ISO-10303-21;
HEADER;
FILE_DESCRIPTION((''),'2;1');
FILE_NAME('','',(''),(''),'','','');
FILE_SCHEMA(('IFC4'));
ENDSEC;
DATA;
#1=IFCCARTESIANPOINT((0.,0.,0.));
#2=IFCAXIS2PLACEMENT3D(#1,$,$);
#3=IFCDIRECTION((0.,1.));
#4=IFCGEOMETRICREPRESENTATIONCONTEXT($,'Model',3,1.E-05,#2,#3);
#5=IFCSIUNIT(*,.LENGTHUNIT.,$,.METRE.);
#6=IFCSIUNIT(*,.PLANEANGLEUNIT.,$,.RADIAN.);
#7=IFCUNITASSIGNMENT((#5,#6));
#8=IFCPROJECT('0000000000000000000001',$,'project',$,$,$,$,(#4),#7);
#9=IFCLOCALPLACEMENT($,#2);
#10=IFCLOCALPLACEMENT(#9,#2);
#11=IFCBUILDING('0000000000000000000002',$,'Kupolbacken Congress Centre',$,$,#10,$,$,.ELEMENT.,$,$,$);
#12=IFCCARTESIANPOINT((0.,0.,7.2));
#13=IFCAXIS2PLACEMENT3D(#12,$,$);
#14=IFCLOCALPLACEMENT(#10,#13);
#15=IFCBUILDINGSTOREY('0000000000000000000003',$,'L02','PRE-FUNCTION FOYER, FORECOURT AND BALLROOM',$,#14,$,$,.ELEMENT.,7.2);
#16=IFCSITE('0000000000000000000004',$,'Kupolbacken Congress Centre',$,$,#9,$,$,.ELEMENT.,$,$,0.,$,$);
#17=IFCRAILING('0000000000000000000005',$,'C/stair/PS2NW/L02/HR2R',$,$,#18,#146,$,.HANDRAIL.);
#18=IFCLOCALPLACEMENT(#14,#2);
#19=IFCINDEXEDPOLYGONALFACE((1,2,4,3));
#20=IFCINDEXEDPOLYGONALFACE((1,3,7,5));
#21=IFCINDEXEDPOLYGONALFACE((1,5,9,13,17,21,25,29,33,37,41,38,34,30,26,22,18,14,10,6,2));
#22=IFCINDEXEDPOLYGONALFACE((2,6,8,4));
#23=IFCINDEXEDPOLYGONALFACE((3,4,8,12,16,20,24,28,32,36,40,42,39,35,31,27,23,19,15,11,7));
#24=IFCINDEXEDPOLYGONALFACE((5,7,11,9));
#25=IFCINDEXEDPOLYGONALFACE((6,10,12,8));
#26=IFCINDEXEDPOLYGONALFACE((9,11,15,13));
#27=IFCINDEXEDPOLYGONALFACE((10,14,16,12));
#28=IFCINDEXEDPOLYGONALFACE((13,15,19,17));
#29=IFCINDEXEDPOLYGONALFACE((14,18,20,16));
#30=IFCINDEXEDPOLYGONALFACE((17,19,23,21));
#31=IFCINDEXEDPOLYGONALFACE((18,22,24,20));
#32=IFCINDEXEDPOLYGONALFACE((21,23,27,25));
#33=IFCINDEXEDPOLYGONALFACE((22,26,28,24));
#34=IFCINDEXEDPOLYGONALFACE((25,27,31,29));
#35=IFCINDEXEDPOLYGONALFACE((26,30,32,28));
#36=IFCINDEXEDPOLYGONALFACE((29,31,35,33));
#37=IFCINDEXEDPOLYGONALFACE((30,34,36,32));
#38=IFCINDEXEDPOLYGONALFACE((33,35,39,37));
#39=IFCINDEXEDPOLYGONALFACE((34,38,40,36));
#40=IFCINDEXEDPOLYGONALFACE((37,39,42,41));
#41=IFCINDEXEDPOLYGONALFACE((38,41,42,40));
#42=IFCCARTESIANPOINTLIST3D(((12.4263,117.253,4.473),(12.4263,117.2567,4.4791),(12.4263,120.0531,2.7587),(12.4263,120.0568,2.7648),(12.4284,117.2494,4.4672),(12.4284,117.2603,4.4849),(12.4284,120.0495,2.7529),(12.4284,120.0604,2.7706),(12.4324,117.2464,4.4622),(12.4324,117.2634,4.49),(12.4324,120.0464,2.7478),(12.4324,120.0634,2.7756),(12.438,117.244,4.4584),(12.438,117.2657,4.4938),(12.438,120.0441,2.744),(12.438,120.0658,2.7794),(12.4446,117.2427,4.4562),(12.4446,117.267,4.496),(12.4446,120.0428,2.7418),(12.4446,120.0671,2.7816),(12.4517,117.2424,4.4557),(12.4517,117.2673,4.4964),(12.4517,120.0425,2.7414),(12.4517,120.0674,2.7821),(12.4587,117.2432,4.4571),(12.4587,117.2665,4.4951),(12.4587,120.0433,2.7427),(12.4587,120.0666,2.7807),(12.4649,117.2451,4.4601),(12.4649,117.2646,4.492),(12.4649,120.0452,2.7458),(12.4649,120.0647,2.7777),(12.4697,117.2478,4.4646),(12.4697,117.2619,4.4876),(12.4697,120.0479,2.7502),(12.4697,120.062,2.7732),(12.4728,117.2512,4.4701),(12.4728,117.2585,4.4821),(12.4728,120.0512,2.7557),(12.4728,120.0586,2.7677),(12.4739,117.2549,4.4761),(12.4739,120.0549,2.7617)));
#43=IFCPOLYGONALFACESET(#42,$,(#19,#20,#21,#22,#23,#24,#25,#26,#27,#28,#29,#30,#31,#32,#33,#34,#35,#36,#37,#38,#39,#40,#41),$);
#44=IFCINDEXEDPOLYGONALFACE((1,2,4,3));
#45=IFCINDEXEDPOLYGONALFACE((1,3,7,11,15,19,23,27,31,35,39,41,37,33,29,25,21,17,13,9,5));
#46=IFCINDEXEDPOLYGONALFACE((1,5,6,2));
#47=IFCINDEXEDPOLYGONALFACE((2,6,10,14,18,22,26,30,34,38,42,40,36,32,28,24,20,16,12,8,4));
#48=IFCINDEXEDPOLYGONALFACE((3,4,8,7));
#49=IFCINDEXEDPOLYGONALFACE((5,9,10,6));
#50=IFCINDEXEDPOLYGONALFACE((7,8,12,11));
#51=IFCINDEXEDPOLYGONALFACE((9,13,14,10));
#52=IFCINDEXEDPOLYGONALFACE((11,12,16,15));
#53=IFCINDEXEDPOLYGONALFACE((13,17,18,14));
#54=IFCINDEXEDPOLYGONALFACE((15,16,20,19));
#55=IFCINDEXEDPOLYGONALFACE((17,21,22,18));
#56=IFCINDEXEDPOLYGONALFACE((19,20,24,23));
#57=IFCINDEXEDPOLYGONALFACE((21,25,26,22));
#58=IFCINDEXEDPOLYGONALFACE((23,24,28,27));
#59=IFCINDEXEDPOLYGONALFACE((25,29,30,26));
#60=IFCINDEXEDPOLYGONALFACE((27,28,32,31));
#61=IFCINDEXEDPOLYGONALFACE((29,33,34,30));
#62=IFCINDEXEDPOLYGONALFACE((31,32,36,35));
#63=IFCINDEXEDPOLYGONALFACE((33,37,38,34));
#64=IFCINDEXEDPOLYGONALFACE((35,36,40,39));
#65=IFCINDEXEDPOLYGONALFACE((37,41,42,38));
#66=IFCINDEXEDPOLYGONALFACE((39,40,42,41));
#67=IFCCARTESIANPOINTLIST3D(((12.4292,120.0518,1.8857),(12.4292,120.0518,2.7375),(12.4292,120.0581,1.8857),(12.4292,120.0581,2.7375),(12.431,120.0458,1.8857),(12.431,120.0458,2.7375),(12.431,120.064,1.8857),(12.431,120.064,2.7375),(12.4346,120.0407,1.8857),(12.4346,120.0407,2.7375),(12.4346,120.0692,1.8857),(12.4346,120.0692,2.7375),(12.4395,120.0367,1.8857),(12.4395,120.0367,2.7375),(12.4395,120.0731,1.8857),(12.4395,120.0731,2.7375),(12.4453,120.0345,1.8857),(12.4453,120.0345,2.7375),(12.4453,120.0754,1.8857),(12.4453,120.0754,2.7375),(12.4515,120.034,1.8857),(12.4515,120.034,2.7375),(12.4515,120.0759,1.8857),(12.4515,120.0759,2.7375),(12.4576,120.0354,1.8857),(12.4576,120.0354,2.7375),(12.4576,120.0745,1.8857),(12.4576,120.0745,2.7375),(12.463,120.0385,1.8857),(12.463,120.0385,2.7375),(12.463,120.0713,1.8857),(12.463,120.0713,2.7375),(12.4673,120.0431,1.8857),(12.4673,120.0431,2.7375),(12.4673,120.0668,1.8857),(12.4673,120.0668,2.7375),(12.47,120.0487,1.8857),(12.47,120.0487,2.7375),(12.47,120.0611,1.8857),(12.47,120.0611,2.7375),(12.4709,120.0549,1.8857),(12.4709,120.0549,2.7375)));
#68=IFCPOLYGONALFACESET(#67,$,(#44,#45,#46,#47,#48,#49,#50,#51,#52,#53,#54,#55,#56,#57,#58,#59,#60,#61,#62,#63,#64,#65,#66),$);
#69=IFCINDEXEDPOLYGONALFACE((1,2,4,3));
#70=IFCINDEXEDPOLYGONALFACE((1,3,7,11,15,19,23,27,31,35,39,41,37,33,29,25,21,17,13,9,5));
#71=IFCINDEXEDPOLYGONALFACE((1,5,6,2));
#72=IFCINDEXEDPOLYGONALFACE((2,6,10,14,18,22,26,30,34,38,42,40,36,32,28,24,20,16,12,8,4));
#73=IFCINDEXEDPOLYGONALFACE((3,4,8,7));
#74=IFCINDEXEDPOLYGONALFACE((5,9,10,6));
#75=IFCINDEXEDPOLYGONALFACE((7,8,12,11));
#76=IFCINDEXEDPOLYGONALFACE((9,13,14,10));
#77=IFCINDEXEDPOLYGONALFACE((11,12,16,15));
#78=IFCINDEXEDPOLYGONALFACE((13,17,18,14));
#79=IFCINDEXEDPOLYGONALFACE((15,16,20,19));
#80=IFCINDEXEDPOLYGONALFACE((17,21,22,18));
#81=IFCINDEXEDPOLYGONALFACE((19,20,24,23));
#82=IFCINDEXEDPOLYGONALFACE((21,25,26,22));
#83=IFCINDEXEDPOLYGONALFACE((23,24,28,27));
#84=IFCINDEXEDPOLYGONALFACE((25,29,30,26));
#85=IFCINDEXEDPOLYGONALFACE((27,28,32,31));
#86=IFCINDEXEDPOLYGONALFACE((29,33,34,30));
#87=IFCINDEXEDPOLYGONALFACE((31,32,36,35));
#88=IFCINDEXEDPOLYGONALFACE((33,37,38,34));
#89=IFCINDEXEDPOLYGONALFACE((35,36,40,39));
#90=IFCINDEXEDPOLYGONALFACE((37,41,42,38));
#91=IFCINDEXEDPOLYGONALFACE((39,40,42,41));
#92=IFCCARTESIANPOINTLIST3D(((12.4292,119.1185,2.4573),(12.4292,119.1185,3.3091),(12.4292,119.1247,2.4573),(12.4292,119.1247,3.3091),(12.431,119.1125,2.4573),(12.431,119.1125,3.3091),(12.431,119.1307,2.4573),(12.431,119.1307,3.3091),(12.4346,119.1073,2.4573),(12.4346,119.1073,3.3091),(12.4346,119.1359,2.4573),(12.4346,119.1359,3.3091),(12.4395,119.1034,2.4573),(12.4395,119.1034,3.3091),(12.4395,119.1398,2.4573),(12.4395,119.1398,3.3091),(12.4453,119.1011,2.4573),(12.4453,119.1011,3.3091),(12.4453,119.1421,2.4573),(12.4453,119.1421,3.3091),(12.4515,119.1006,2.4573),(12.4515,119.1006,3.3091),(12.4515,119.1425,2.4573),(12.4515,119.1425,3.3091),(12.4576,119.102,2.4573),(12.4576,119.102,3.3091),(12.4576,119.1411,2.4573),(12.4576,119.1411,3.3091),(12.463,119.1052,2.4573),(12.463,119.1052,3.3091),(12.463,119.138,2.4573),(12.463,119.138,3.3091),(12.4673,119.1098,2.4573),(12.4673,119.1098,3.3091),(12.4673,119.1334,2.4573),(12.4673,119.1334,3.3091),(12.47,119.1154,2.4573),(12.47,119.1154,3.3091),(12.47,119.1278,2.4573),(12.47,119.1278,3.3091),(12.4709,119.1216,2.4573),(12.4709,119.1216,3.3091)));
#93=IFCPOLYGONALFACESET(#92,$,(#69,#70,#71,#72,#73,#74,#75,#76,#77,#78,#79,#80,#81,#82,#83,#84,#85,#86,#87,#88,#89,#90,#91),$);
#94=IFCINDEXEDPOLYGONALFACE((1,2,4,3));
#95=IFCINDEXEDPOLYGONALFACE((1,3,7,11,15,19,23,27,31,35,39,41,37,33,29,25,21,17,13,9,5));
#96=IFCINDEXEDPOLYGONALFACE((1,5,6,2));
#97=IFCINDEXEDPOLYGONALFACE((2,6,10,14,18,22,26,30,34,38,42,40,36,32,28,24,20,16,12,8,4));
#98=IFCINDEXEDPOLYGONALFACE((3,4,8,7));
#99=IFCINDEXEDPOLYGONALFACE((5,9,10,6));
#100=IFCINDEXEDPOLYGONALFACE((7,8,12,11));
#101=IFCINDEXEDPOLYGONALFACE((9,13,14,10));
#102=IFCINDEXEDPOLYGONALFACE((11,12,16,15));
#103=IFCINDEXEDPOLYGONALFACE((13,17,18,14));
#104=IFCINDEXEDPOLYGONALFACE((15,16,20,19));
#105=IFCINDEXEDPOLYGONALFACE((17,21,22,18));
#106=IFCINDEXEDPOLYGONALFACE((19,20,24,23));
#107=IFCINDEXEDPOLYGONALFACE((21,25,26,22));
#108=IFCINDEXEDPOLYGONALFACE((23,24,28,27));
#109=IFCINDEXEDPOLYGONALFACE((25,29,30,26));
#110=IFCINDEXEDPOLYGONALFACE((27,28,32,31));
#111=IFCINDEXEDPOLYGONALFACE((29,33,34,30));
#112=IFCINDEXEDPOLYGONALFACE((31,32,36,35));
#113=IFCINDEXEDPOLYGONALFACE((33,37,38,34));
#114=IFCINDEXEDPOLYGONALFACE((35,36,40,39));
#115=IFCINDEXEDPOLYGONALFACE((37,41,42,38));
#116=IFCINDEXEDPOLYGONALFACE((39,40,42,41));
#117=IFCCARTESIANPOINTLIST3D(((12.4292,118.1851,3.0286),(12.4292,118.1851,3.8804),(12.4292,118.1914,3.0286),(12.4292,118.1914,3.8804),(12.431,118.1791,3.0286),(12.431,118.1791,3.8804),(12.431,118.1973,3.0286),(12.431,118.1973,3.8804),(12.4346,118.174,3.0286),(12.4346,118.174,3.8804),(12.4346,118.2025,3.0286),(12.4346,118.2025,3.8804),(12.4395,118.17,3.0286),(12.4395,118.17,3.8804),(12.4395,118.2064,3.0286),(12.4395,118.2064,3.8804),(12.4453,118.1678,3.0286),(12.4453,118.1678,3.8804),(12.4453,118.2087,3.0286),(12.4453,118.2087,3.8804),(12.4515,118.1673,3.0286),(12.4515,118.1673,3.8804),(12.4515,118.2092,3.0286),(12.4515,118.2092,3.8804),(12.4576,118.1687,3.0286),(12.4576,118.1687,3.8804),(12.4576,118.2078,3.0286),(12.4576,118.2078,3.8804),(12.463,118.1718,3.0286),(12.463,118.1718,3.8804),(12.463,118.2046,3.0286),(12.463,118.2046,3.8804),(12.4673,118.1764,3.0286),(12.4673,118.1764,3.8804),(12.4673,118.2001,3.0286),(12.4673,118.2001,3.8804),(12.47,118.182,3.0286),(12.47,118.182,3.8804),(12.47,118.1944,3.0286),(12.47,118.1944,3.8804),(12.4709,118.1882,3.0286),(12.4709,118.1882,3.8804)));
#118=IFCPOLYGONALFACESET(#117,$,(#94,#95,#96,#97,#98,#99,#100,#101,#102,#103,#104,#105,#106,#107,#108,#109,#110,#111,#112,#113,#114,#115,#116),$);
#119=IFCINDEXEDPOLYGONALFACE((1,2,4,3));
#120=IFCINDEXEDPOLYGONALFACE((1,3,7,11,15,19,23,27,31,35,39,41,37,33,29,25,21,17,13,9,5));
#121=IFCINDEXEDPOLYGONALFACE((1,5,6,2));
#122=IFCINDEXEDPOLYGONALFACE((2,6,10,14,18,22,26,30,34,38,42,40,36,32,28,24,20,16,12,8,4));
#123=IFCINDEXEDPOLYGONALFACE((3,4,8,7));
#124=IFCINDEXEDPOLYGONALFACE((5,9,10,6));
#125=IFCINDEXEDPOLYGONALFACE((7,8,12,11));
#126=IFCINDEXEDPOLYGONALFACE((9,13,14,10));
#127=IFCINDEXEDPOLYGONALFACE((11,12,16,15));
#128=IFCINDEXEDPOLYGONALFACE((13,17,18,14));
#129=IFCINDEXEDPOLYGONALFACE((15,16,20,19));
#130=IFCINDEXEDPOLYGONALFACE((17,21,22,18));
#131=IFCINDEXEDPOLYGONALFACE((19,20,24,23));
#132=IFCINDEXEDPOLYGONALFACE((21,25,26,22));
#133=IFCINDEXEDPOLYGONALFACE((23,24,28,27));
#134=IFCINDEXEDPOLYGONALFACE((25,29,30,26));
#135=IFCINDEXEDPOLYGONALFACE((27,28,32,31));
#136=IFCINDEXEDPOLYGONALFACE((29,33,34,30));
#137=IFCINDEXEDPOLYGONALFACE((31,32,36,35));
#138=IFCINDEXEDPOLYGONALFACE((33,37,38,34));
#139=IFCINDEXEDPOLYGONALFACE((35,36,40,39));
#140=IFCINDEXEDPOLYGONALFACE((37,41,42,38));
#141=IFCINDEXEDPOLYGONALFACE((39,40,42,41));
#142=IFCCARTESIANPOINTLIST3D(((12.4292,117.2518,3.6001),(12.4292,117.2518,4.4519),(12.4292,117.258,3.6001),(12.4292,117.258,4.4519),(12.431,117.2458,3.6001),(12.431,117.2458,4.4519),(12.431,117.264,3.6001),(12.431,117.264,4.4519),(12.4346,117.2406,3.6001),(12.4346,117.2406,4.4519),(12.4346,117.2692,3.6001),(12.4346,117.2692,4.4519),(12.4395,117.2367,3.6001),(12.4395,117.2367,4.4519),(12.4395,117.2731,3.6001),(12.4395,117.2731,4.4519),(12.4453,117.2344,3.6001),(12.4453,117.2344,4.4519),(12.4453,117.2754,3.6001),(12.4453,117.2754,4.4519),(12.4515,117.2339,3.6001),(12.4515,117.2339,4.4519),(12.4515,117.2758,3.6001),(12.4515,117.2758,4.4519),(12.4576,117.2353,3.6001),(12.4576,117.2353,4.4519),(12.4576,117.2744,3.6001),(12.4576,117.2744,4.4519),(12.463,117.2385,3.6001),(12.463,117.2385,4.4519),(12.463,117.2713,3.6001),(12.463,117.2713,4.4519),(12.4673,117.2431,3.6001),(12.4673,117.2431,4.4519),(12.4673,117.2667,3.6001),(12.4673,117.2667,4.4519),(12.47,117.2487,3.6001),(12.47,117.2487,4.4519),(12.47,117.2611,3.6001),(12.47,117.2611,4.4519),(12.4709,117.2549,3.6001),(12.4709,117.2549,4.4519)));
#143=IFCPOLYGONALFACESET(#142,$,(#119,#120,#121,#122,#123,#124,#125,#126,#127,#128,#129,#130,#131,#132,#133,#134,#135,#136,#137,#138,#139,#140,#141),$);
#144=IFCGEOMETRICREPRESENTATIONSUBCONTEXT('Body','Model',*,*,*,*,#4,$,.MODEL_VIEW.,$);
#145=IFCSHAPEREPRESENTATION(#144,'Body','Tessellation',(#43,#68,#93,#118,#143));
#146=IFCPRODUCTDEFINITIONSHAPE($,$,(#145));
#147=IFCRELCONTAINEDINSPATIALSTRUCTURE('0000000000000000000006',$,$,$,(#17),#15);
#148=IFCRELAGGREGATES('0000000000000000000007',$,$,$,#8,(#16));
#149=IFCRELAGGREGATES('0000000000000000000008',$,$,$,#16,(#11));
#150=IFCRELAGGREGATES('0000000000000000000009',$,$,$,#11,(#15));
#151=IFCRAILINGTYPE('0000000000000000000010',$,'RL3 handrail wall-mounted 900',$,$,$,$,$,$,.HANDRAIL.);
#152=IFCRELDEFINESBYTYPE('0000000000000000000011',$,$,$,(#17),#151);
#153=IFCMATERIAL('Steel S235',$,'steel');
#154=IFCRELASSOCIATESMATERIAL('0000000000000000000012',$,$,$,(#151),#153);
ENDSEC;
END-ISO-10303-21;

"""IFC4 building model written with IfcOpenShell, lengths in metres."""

from ifc_helpers import new_model, si_unit, direction, frame, origin, origin_2d, place, context, subcontext, project, spatial, circle, extrude, material, type_object, element, save


model = new_model("IFC4")

# Units and contexts
model_context = context("Model", 3, precision=1e-05, world=origin(), true_north=direction((0.0, 1.0)))
body_context = subcontext(model_context, "Body", "Model", "MODEL_VIEW")
ifc_project = project(units=[si_unit("LENGTHUNIT", "METRE"), si_unit("PLANEANGLEUNIT", "RADIAN")], contexts=[model_context])

# Site, building, storey
site_placement = place(None, origin())
site = spatial("IfcSite", under=ifc_project, at=site_placement, Name="Kupolbacken Congress Centre", CompositionType="ELEMENT", RefElevation=0.0)
building_placement = place(site_placement, origin())
building = spatial("IfcBuilding", under=site, at=building_placement, Name="Kupolbacken Congress Centre", CompositionType="ELEMENT")
storey_placement = place(building_placement, frame((0.0, 0.0, 7.2)))
storey = spatial("IfcBuildingStorey", under=building, at=storey_placement, Name="L02", Description="PRE-FUNCTION FOYER, FORECOURT AND BALLROOM", CompositionType="ELEMENT", Elevation=7.2)

# Railing
ifc_material_1 = material(Name="Steel S235", Category="steel")
railing_type = type_object("IfcRailingType", Name="RL3 handrail wall-mounted 900", PredefinedType="HANDRAIL", material=ifc_material_1)
for number, where, name in (
    (1, (12.45, 120.0549, 1.8857), "C/stair/PS2NW/L02/HR2R"),
):
    element("IfcRailing", number, at=place(storey_placement, frame(where)), inside=storey, type_object=railing_type, Name=name, PredefinedType="HANDRAIL", context=body_context, shape_type="SweptSolid", body=[
        extrude(circle(Radius=0.0239, at=origin_2d()), frame((0.0, 0.0, 0.876), z_axis=(0.0, -0.852846, 0.522163), x_axis=(1.0, 0.0, 0.0)), (0.0, 0.0, 1.0), 3.2832),
        extrude(circle(Radius=0.021, at=origin_2d()), origin(), (0.0, 0.0, 1.0), 0.8518),
        extrude(circle(Radius=0.021, at=origin_2d()), frame((0.0, -0.9333, 0.5715)), (0.0, 0.0, 1.0), 0.8518),
        extrude(circle(Radius=0.021, at=origin_2d()), frame((0.0, -1.8667, 1.1428)), (0.0, 0.0, 1.0), 0.8518),
        extrude(circle(Radius=0.021, at=origin_2d()), frame((0.0, -2.8, 1.7144)), (0.0, 0.0, 1.0), 0.8518),
    ])

save(model, "model.ifc")
